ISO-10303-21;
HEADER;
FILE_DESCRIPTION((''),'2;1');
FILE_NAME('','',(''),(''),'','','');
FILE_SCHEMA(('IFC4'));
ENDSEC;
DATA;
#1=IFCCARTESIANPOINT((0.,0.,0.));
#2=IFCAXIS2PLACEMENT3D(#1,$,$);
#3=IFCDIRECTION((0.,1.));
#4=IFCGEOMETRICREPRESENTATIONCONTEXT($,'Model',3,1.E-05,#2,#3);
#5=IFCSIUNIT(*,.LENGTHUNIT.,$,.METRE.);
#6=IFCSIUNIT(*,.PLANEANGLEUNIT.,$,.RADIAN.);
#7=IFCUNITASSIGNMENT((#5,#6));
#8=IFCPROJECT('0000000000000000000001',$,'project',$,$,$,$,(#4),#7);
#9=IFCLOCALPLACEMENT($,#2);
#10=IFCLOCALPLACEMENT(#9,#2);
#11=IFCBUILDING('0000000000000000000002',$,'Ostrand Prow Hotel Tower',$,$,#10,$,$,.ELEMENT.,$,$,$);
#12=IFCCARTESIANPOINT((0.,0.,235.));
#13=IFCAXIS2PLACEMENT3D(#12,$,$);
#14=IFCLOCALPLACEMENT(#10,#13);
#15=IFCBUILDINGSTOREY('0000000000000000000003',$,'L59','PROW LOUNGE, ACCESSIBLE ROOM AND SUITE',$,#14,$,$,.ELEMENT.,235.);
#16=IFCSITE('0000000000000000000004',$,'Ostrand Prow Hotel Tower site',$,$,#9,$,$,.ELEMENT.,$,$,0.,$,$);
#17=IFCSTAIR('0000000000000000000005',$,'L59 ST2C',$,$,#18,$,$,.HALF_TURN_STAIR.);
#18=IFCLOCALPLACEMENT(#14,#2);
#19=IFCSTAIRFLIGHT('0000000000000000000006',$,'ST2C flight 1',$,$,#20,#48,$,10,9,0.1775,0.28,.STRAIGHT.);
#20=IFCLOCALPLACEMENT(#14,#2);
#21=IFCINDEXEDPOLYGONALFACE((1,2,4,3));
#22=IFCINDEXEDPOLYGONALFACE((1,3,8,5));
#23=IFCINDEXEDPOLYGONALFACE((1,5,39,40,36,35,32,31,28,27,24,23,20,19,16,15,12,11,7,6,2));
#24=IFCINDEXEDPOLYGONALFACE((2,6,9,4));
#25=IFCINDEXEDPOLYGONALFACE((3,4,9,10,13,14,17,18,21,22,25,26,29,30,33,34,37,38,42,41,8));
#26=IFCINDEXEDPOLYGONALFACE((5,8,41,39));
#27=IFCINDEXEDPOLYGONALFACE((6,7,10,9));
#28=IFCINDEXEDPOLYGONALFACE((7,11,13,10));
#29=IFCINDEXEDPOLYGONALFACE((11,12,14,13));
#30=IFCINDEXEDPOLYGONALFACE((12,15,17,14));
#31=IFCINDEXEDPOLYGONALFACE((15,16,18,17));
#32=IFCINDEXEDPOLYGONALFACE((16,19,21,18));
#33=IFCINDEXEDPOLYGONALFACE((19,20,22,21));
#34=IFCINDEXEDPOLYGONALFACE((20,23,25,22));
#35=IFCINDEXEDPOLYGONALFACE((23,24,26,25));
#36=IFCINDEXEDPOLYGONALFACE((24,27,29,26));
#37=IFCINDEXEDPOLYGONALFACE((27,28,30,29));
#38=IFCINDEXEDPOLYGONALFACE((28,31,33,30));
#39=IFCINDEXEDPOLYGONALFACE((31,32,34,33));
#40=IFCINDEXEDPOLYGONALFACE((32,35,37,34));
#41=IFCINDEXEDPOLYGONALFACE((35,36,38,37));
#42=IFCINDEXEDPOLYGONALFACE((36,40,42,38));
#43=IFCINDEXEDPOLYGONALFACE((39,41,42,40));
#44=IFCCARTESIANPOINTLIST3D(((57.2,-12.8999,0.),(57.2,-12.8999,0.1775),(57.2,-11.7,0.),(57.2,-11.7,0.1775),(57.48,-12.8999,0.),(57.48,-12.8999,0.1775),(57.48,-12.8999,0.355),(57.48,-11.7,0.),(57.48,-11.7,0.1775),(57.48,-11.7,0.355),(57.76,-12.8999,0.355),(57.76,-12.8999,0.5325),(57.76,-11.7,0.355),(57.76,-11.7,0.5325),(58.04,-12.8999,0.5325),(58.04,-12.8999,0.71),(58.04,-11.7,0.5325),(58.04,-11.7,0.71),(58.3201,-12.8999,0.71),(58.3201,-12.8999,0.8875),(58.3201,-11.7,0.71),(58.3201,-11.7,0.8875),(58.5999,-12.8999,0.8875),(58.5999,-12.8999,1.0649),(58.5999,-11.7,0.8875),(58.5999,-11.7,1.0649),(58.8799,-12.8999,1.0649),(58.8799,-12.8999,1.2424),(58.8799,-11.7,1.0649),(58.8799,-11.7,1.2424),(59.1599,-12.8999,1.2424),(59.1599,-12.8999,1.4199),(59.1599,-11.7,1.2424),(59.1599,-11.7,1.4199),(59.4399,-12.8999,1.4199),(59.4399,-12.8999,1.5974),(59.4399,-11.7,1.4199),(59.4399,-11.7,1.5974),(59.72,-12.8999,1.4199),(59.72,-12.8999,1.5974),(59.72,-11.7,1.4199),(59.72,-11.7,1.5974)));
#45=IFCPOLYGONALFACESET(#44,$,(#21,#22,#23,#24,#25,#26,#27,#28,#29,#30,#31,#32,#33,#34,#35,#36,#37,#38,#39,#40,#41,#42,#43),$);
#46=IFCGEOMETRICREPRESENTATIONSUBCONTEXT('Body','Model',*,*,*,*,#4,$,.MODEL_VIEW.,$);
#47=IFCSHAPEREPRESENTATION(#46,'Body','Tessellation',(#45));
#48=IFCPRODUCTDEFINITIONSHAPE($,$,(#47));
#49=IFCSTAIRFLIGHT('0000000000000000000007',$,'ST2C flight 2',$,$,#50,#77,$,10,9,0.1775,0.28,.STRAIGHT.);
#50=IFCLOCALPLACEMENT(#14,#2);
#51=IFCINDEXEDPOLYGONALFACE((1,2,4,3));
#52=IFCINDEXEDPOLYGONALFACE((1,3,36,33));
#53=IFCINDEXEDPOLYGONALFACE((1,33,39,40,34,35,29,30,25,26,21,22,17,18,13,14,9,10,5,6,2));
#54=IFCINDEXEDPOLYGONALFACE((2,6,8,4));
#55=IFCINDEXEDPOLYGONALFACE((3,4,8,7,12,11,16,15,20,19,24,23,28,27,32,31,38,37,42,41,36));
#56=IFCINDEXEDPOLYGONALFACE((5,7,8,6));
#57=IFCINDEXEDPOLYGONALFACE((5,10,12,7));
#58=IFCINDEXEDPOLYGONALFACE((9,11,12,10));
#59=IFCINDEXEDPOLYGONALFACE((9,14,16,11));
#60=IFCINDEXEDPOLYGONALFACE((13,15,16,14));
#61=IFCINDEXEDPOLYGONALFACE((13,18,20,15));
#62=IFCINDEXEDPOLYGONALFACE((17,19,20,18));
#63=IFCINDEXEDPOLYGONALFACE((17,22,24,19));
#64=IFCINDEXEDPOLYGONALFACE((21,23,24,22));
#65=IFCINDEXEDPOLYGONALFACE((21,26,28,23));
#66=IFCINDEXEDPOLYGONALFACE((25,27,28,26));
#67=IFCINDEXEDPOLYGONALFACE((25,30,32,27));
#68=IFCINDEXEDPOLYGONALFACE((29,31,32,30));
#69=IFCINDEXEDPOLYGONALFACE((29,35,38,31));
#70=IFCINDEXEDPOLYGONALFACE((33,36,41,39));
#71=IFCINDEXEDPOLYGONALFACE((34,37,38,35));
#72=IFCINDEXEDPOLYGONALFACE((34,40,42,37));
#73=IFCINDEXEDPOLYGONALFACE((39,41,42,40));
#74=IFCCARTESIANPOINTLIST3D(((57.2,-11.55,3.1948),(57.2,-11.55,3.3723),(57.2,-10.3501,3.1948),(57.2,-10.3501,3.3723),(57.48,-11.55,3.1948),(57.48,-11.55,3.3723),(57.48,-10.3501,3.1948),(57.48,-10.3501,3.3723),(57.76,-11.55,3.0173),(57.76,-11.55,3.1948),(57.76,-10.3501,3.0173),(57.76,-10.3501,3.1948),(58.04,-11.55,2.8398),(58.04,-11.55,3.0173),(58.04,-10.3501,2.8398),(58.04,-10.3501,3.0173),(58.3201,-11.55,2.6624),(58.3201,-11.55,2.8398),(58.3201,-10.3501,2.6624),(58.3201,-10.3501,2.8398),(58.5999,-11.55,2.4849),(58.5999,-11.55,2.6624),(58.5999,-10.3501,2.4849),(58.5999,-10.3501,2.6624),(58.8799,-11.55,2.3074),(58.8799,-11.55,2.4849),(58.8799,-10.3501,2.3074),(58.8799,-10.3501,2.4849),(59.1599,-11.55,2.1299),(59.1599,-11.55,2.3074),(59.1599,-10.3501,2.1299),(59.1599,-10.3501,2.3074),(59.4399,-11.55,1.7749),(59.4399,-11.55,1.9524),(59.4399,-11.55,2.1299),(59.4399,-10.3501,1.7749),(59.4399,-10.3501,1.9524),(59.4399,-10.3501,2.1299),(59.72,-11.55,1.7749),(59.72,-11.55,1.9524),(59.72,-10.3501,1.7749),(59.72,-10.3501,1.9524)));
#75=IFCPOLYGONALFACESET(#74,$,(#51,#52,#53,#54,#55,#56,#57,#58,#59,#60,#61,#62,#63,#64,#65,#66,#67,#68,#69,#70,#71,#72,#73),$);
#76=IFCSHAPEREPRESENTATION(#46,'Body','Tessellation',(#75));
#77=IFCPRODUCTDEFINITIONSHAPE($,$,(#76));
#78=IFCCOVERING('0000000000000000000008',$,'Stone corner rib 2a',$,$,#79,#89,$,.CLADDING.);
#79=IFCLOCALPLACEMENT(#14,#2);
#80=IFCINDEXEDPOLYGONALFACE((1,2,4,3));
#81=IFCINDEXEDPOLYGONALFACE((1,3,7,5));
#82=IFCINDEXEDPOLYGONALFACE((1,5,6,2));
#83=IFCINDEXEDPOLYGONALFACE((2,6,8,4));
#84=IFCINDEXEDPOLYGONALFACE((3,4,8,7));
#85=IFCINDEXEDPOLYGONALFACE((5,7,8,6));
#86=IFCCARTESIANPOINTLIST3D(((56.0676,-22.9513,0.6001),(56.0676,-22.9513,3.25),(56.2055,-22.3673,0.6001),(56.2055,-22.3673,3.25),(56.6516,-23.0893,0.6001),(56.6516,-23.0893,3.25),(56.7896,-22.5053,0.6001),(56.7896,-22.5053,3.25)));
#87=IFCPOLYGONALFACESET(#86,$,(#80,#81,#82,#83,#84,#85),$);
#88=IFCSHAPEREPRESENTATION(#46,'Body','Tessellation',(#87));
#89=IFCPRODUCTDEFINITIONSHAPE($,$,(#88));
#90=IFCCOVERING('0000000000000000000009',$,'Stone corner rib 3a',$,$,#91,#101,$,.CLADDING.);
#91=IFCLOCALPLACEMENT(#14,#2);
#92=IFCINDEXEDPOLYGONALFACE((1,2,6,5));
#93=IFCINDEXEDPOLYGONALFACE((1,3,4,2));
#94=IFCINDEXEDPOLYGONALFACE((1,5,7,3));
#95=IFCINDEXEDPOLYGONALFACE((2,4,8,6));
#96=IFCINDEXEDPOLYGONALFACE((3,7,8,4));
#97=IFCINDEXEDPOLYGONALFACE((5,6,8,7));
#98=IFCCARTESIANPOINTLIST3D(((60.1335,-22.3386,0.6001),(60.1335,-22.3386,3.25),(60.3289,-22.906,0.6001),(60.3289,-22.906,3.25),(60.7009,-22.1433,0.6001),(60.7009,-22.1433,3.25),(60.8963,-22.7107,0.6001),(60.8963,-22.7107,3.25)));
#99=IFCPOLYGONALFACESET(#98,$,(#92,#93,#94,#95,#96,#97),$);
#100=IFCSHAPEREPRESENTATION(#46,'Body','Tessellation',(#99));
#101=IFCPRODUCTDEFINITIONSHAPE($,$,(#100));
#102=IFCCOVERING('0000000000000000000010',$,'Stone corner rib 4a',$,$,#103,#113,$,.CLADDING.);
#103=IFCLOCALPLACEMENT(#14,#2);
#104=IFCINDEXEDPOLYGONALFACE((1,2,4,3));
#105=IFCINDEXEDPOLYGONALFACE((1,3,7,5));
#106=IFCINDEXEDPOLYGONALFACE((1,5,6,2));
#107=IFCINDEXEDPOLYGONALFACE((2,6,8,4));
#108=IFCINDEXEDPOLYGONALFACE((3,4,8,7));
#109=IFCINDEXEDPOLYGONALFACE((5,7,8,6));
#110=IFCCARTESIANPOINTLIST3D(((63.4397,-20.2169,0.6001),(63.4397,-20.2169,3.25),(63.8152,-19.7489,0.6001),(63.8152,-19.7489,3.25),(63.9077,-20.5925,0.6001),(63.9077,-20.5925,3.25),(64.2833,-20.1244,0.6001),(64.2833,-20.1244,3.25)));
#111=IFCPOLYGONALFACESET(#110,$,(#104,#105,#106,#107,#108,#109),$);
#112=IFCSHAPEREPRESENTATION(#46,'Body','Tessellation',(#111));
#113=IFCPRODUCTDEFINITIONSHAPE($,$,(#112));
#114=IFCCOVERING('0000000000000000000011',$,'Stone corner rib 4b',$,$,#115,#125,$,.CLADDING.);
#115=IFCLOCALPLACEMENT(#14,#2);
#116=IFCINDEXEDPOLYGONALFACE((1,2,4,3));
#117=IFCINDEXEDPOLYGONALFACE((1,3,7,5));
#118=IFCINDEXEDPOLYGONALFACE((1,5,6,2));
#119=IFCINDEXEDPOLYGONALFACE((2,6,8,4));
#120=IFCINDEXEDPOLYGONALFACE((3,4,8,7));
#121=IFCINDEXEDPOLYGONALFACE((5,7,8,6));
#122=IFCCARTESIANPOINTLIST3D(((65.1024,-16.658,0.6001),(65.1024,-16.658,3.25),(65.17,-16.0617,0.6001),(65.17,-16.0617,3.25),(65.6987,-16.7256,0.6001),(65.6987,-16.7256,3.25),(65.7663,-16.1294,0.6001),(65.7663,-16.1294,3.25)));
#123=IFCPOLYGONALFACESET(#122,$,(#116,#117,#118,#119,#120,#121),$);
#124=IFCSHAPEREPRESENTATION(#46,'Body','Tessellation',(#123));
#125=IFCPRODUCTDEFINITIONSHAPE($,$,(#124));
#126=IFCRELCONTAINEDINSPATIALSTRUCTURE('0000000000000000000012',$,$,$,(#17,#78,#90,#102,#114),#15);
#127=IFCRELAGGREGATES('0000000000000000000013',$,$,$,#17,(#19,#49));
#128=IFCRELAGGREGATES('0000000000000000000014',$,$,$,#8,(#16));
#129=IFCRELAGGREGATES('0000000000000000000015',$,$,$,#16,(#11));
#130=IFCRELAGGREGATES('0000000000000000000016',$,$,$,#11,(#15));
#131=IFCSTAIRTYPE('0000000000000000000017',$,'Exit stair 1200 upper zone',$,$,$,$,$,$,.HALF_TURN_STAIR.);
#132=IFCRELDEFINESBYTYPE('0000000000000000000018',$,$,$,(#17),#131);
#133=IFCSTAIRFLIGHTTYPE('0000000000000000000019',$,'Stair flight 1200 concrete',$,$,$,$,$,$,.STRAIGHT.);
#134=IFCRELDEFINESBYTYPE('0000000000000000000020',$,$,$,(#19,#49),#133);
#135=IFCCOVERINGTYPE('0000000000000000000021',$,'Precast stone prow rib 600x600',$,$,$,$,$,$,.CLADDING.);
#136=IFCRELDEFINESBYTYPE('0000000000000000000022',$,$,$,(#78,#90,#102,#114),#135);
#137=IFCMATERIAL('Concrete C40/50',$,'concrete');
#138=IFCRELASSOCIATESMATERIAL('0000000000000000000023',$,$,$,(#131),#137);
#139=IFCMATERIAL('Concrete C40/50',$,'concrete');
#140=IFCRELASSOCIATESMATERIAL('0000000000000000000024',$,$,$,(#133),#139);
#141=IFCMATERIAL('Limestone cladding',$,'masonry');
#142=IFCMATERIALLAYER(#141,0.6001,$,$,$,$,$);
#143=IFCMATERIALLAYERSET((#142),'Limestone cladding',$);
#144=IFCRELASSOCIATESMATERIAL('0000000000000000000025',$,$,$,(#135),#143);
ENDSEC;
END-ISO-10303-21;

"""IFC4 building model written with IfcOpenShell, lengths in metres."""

from ifc_helpers import new_model, si_unit, direction, frame, frame_2d, origin, place, context, subcontext, project, spatial, polyline, rectangle, outline, extrude, material, layer, layer_set, type_object, element, aggregate, save


model = new_model("IFC4")

# Units and contexts
model_context = context("Model", 3, precision=1e-05, world=origin(), true_north=direction((0.0, 1.0)))
body_context = subcontext(model_context, "Body", "Model", "MODEL_VIEW")
ifc_project = project(units=[si_unit("LENGTHUNIT", "METRE"), si_unit("PLANEANGLEUNIT", "RADIAN")], contexts=[model_context])

# Site, building, storey
site_placement = place(None, origin())
site = spatial("IfcSite", under=ifc_project, at=site_placement, Name="Ostrand Prow Hotel Tower site", CompositionType="ELEMENT", RefElevation=0.0)
building_placement = place(site_placement, origin())
building = spatial("IfcBuilding", under=site, at=building_placement, Name="Ostrand Prow Hotel Tower", CompositionType="ELEMENT")
storey_placement = place(building_placement, frame((0.0, 0.0, 235.0)))
storey = spatial("IfcBuildingStorey", under=building, at=storey_placement, Name="L59", Description="PROW LOUNGE, ACCESSIBLE ROOM AND SUITE", CompositionType="ELEMENT", Elevation=235.0)

# Stair, stair flights
ifc_material_1 = material(Name="Concrete C40/50", Category="concrete")
stair_type = type_object("IfcStairType", Name="Exit stair 1200 upper zone", PredefinedType="HALF_TURN_STAIR", material=ifc_material_1)
stair_placement = place(storey_placement, origin())
stair = element("IfcStair", 1, at=stair_placement, inside=storey, type_object=stair_type, Name="L59 ST2C", PredefinedType="HALF_TURN_STAIR")
ifc_material_2 = material(Name="Concrete C40/50", Category="concrete")
stair_flight_type = type_object("IfcStairFlightType", Name="Stair flight 1200 concrete", PredefinedType="STRAIGHT", material=ifc_material_2)
stair_flight_1_placement = place(storey_placement, frame((57.2, -12.3, 0.0), z_axis=(0.0, 0.0, 1.0), x_axis=(1.0, 0.0, 0.0)))
stair_flight_1 = element("IfcStairFlight", 2, at=stair_flight_1_placement, type_object=stair_flight_type, Name="ST2C flight 1", NumberOfRisers=10, NumberOfTreads=9, PredefinedType="STRAIGHT", RiserHeight=0.1775, TreadLength=0.28, context=body_context, shape_type="SweptSolid", body=[
    extrude(outline(polyline([(0.0, 0.0), (0.0, 0.1775), (0.28, 0.1775), (0.28, 0.355), (0.5601, 0.355), (0.5601, 0.5325), (0.8401, 0.5325), (0.8401, 0.71), (1.1201, 0.71), (1.1201, 0.8875), (1.3999, 0.8875), (1.3999, 1.0649), (1.6799, 1.0649), (1.6799, 1.2424), (1.96, 1.2424), (1.96, 1.4199), (2.24, 1.4199), (2.24, 1.5974), (2.52, 1.5974), (2.52, 1.7749), (2.52, 1.4199), (0.28, 0.0), (0.0, 0.0)])), frame((0.0, 0.6001, 0.0), z_axis=(0.0, -1.0, 0.0), x_axis=(1.0, 0.0, 0.0)), (0.0, 0.0, 1.0), 1.2),
])
stair_flight_2_placement = place(storey_placement, frame((59.72, -10.95, 1.7749), z_axis=(0.0, 0.0, 1.0), x_axis=(-1.0, 0.0, 0.0)))
stair_flight_2 = element("IfcStairFlight", 3, at=stair_flight_2_placement, type_object=stair_flight_type, Name="ST2C flight 2", NumberOfRisers=10, NumberOfTreads=9, PredefinedType="STRAIGHT", RiserHeight=0.1775, TreadLength=0.28, context=body_context, shape_type="SweptSolid", body=[
    extrude(outline(polyline([(0.0, 0.0), (0.0, 0.1775), (0.28, 0.1775), (0.28, 0.355), (0.5601, 0.355), (0.5601, 0.5325), (0.8401, 0.5325), (0.8401, 0.71), (1.1201, 0.71), (1.1201, 0.8875), (1.3999, 0.8875), (1.3999, 1.0649), (1.6799, 1.0649), (1.6799, 1.2424), (1.96, 1.2424), (1.96, 1.4199), (2.24, 1.4199), (2.24, 1.5974), (2.52, 1.5974), (2.52, 1.7749), (2.52, 1.4199), (0.28, 0.0), (0.0, 0.0)])), frame((0.0, 0.6001, 0.0), z_axis=(0.0, -1.0, 0.0), x_axis=(1.0, 0.0, 0.0)), (0.0, 0.0, 1.0), 1.2),
])
aggregate(stair, [stair_flight_1, stair_flight_2])

# Coverings
ifc_material_3 = material(Name="Limestone cladding", Category="masonry")
ifc_layer_1 = layer(ifc_material_3, 0.6001)
ifc_layer_set_1 = layer_set([ifc_layer_1], Name="Limestone cladding")
covering_type = type_object("IfcCoveringType", Name="Precast stone prow rib 600x600", PredefinedType="CLADDING", material=ifc_layer_set_1)
for number, where, z_axis, x_axis, name in (
    (4, (56.4976, -22.4363, 0.6001), (0.0, 0.0, 1.0), (-0.229878, -0.973219, 0.0), "Stone corner rib 2a"),
    (5, (60.4172, -22.241, 0.6001), (0.0, 0.0, 1.0), (0.325489, -0.945546, 0.0), "Stone corner rib 3a"),
    (6, (63.6274, -19.9829, 0.6001), (0.0, 0.0, 1.0), (0.779995, -0.625786, 0.0), "Stone corner rib 4a"),
    (7, (65.1362, -16.3599, 0.6001), (0.0, 0.0, 1.0), (0.993628, -0.112709, 0.0), "Stone corner rib 4b"),
):
    element("IfcCovering", number, at=place(storey_placement, frame(where, z_axis=z_axis, x_axis=x_axis)), inside=storey, type_object=covering_type, Name=name, PredefinedType="CLADDING", context=body_context, shape_type="SweptSolid", body=[
        extrude(rectangle(XDim=0.6001, YDim=0.6001, at=frame_2d((0.3, 0.0))), origin(), (0.0, 0.0, 1.0), 2.6499),
    ])

save(model, "model.ifc")
